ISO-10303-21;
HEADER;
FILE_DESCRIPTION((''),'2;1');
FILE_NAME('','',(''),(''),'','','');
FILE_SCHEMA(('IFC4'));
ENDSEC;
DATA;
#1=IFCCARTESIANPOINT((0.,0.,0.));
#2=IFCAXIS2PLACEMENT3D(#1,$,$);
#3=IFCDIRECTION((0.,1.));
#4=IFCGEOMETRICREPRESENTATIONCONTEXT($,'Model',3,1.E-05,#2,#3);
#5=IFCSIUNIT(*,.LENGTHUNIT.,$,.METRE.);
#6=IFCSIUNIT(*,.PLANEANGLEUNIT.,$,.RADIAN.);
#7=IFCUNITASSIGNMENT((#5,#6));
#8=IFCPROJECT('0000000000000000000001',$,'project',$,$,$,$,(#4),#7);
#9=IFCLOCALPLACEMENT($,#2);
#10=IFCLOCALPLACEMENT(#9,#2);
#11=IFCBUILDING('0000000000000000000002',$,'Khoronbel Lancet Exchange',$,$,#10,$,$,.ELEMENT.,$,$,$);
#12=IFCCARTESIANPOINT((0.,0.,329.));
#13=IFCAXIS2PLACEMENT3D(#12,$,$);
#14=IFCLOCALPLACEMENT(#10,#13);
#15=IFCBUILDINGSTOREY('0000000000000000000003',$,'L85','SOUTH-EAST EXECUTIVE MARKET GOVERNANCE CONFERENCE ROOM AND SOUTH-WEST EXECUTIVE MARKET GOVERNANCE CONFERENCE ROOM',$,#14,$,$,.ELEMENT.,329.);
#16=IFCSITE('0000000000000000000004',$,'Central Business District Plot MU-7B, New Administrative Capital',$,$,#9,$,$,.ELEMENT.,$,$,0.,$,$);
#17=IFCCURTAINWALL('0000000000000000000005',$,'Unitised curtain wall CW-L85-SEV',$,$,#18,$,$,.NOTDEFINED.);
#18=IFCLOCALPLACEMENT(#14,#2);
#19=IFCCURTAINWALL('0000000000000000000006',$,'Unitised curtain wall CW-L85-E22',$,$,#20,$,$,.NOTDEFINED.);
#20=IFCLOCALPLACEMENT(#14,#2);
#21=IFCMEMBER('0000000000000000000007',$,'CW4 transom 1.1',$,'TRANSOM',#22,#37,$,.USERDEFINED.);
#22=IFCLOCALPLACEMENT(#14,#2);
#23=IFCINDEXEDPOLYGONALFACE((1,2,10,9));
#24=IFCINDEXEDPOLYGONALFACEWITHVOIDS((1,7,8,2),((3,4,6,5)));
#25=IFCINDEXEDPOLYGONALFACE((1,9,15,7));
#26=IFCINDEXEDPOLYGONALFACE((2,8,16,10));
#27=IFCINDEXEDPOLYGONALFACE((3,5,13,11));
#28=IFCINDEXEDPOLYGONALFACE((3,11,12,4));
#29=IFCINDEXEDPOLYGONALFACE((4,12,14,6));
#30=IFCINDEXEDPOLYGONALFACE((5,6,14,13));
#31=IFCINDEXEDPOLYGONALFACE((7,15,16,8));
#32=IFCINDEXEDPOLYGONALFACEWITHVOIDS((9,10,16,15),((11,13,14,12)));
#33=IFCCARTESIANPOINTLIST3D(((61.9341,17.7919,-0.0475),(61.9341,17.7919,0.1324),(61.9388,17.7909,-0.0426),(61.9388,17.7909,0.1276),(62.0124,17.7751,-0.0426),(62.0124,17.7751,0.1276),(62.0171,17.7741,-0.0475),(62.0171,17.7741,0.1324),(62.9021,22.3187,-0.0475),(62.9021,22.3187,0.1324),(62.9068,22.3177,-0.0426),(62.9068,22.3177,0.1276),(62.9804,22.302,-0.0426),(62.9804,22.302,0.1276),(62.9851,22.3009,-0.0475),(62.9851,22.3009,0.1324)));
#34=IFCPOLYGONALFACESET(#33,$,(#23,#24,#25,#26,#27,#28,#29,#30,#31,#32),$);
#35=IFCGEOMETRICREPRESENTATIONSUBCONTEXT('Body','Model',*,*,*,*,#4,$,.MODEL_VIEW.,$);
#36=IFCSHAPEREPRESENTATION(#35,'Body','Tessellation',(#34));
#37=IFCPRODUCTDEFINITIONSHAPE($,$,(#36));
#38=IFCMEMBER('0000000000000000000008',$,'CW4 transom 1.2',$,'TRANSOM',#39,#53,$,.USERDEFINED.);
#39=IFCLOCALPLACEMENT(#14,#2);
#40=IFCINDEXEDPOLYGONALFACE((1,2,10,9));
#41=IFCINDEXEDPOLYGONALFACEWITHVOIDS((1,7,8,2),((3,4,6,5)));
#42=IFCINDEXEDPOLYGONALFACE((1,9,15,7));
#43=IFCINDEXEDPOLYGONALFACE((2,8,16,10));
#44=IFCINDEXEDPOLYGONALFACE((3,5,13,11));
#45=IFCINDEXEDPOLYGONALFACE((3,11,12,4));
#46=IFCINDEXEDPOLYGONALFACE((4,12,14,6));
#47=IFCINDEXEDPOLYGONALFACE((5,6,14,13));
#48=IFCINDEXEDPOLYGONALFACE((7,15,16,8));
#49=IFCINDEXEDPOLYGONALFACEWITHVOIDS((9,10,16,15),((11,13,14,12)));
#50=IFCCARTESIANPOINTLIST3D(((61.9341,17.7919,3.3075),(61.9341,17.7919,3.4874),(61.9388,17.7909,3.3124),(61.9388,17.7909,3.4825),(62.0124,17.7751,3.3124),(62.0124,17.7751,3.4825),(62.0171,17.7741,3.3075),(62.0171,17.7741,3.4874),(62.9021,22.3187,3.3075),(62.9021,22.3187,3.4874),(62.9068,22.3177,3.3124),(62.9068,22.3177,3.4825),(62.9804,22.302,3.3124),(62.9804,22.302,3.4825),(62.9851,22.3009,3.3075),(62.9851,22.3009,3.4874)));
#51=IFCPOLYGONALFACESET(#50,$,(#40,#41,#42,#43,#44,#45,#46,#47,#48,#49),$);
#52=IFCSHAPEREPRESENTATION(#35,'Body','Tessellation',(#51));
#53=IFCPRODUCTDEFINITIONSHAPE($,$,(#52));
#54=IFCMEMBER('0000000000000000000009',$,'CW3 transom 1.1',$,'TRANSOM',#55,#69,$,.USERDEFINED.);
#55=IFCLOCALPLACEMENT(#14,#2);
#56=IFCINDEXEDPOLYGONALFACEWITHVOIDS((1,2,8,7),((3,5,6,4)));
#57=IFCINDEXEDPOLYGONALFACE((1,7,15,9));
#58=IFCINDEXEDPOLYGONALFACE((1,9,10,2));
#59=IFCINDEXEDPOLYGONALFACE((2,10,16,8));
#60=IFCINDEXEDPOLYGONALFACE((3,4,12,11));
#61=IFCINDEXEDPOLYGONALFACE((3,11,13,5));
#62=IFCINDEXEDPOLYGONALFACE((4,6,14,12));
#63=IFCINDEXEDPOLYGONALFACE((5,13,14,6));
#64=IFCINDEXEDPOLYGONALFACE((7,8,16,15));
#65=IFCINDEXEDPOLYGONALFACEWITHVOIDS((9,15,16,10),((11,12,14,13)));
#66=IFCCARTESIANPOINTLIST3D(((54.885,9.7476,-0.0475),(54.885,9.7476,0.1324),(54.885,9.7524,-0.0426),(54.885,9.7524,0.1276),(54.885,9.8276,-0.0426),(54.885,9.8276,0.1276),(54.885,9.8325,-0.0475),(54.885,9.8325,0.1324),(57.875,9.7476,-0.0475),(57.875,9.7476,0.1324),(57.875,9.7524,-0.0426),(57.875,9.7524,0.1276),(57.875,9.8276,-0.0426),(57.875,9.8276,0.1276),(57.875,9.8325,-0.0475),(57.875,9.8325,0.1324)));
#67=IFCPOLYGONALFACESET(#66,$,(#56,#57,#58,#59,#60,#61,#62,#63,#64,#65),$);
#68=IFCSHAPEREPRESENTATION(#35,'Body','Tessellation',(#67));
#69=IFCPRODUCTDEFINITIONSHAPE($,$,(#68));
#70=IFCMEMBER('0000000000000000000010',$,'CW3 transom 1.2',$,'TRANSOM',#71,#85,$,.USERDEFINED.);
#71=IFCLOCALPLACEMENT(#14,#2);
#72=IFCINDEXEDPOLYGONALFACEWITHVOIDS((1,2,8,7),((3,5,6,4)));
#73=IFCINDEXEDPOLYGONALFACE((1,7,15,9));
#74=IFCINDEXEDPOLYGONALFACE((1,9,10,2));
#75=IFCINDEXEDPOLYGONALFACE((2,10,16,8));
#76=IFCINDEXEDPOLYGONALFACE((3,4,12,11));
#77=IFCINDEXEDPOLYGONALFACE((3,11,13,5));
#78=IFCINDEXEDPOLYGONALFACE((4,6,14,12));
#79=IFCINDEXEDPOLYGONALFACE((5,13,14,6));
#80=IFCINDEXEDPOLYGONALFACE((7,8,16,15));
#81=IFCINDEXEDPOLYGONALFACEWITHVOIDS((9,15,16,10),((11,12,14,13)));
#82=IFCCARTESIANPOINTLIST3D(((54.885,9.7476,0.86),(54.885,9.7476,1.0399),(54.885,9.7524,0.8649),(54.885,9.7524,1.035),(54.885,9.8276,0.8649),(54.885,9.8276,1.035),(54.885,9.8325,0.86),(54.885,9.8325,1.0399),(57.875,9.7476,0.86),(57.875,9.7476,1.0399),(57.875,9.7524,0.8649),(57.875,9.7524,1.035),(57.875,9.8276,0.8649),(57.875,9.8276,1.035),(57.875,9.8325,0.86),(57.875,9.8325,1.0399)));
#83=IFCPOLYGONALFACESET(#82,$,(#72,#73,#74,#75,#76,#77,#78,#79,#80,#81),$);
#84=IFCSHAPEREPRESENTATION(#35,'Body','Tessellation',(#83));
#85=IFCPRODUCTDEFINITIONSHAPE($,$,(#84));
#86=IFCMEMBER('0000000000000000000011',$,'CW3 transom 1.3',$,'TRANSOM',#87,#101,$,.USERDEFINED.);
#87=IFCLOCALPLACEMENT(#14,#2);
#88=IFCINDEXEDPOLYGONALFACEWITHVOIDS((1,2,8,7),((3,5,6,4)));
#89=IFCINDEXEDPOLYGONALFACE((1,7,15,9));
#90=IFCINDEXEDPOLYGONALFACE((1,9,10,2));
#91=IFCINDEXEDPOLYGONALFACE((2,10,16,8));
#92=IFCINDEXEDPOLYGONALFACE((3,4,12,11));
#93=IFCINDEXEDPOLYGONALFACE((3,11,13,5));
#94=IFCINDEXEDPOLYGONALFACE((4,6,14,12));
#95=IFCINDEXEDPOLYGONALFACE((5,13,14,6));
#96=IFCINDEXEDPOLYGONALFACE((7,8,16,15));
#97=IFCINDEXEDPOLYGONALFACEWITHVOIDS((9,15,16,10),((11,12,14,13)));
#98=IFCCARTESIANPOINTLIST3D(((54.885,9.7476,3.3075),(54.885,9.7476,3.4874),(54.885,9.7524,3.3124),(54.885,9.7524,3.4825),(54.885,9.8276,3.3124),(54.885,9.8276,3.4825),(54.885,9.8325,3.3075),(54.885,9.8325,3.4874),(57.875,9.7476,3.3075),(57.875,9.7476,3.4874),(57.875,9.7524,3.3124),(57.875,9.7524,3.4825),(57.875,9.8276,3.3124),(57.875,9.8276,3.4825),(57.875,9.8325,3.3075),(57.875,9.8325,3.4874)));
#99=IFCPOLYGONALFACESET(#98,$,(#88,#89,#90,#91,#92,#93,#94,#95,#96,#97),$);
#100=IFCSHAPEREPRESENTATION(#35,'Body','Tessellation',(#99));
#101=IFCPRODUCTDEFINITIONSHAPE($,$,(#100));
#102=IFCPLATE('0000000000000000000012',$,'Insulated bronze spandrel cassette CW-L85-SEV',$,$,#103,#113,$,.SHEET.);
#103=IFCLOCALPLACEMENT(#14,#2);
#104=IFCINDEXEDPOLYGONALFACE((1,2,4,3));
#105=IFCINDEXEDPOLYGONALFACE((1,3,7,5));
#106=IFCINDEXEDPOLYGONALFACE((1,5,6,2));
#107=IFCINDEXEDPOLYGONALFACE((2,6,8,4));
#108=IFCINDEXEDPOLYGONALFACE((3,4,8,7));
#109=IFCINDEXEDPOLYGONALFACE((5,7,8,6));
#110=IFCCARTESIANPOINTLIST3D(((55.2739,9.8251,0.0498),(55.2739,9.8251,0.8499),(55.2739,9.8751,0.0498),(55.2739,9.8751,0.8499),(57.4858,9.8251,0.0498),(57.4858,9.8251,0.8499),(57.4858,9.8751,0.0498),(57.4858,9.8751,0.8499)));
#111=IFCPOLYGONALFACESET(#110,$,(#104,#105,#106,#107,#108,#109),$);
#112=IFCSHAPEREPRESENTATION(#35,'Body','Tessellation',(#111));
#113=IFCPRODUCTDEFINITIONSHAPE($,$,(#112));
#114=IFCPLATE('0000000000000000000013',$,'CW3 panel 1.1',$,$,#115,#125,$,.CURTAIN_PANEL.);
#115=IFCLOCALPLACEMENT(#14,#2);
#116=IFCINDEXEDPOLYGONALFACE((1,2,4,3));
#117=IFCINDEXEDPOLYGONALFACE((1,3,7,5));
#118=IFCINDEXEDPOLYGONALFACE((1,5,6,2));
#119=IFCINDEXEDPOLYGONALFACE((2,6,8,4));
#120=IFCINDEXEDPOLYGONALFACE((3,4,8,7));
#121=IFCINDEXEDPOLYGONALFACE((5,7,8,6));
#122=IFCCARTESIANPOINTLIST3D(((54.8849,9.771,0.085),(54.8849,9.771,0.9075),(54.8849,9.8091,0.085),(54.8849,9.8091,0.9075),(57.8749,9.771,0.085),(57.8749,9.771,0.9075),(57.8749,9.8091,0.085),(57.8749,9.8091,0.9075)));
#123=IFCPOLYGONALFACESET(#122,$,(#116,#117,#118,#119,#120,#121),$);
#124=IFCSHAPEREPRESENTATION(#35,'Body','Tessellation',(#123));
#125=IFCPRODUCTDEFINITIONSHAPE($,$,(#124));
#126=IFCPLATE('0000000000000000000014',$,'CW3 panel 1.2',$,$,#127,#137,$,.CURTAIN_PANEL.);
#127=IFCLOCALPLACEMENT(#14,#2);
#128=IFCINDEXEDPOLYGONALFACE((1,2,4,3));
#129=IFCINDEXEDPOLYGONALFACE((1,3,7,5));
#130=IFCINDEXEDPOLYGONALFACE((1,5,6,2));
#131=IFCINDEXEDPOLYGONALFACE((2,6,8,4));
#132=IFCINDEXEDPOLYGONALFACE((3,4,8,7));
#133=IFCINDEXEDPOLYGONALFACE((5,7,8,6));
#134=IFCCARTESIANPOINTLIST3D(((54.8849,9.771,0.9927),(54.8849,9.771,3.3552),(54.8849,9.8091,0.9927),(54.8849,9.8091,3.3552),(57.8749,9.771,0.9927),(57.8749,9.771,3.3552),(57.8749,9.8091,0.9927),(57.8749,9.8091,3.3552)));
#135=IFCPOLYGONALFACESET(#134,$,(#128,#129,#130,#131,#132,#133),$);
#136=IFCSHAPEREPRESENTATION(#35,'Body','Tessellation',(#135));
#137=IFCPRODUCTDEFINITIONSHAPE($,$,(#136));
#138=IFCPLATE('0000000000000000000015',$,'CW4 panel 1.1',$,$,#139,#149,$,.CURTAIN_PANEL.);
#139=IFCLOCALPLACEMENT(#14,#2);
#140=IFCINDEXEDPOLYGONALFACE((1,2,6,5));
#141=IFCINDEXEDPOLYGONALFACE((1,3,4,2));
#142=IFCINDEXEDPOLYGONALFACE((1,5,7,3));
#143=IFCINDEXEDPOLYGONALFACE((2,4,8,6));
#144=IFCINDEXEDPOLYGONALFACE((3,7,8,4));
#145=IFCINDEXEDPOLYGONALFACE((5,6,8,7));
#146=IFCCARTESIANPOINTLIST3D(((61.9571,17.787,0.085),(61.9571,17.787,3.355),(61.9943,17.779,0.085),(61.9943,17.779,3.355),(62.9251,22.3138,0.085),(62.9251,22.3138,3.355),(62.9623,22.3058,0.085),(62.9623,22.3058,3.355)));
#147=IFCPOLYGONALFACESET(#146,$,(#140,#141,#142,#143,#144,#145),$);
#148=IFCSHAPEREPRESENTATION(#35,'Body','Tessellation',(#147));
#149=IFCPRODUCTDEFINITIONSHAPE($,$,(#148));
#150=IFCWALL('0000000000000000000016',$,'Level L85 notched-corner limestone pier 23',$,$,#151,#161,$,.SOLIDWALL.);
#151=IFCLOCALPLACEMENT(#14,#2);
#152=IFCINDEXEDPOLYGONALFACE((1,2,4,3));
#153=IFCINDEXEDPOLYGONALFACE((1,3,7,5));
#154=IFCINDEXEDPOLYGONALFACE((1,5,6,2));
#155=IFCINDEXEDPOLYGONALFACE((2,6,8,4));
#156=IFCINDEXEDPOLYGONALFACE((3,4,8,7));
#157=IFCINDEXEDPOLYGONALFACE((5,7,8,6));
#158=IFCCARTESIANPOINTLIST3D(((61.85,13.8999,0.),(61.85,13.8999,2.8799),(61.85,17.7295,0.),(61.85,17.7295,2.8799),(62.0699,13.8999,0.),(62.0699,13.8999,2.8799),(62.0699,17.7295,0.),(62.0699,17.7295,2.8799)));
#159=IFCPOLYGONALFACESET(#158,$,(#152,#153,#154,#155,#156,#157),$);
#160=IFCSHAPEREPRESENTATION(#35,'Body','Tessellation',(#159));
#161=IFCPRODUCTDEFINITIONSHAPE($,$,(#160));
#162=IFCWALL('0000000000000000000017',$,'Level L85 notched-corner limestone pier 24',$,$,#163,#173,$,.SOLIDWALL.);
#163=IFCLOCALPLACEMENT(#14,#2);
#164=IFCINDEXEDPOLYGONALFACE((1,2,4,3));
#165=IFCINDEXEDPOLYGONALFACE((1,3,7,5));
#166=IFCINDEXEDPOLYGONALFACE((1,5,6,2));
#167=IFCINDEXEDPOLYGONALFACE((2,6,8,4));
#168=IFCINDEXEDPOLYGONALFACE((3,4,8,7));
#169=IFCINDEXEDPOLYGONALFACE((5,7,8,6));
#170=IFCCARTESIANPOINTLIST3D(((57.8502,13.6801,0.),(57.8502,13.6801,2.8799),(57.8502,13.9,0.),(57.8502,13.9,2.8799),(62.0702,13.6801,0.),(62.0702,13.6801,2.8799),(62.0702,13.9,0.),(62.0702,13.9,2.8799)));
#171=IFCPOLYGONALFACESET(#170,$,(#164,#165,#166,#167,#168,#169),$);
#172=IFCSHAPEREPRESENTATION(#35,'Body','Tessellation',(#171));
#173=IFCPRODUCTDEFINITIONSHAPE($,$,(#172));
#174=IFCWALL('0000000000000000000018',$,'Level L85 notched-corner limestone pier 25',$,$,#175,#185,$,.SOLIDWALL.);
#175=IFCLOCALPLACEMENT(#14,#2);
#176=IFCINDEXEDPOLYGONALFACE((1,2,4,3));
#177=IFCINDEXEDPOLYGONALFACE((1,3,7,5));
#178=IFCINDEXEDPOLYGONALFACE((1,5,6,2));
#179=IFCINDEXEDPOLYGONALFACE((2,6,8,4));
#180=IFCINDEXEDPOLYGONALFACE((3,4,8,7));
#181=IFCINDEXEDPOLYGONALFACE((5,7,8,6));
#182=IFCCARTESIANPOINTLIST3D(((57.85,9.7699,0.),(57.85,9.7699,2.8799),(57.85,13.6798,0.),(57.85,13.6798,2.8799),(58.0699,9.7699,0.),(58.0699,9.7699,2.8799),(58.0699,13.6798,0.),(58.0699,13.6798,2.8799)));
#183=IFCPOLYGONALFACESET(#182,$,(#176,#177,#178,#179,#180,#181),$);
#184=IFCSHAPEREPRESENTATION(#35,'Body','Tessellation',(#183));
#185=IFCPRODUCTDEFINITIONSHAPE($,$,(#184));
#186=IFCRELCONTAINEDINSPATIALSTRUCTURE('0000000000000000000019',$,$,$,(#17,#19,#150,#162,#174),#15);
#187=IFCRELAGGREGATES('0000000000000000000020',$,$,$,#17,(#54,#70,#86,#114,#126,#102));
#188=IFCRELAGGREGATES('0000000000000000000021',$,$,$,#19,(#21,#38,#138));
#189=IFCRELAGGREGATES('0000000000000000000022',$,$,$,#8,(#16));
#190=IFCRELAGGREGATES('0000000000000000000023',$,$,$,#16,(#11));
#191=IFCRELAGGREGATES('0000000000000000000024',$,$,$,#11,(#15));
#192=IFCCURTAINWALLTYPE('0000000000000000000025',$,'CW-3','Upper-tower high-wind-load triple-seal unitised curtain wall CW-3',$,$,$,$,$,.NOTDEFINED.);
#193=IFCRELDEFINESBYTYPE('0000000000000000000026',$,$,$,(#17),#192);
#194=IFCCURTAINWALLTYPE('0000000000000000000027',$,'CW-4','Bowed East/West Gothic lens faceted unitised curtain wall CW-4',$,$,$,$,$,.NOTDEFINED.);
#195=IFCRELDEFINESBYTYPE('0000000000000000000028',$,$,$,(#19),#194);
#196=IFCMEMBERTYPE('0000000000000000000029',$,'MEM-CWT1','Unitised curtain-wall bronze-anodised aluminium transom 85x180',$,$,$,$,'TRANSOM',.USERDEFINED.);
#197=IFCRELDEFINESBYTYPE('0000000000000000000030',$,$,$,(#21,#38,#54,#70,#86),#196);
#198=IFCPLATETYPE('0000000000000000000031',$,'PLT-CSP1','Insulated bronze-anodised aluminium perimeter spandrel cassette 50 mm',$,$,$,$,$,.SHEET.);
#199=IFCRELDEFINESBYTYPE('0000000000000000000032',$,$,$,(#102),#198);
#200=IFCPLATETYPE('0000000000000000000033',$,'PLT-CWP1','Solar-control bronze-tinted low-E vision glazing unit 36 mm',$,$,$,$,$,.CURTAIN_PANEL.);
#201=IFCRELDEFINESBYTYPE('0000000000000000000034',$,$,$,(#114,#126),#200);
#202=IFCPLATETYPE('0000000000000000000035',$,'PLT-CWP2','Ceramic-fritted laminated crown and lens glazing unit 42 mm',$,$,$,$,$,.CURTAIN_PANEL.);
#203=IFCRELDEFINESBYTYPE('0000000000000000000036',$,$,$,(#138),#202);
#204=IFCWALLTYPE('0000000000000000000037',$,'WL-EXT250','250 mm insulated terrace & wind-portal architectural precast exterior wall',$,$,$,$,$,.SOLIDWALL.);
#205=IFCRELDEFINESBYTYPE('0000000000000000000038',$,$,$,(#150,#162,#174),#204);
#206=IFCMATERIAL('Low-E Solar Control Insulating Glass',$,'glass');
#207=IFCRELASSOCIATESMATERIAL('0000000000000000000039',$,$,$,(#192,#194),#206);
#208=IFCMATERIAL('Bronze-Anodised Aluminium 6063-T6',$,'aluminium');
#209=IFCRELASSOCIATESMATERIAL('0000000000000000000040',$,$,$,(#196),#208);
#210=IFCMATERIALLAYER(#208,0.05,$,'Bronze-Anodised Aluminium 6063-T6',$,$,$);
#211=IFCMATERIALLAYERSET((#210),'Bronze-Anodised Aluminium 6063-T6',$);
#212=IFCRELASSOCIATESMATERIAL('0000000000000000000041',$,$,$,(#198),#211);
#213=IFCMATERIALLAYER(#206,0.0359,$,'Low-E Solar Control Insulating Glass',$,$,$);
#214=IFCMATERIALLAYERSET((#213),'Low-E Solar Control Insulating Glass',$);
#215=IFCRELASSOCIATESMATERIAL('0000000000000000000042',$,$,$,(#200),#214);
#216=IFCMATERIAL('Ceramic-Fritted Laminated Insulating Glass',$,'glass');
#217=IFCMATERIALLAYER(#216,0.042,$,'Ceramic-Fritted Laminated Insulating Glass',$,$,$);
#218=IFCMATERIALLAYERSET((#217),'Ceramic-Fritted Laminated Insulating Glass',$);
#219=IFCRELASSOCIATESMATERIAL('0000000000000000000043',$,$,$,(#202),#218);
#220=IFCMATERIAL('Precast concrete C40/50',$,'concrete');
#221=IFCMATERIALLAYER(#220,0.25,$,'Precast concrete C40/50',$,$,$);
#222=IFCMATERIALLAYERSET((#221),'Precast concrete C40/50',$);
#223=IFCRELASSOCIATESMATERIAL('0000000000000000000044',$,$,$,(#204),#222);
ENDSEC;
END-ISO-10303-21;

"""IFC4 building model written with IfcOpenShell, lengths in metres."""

from ifc_helpers import new_model, si_unit, direction, frame, frame_2d, origin, origin_2d, place, context, subcontext, project, spatial, rectangle, hollow_rectangle, extrude, material, layer, layer_set, material_profile, profile_set, type_object, element, aggregate, save


model = new_model("IFC4")

# Units and contexts
model_context = context("Model", 3, precision=1e-05, world=origin(), true_north=direction((0.0, 1.0)))
body_context = subcontext(model_context, "Body", "Model", "MODEL_VIEW")
ifc_project = project(units=[si_unit("LENGTHUNIT", "METRE"), si_unit("PLANEANGLEUNIT", "RADIAN")], contexts=[model_context])

# Site, building, storey
site_placement = place(None, origin())
site = spatial("IfcSite", under=ifc_project, at=site_placement, Name="Central Business District Plot MU-7B, New Administrative Capital", CompositionType="ELEMENT", RefElevation=0.0)
building_placement = place(site_placement, origin())
building = spatial("IfcBuilding", under=site, at=building_placement, Name="Khoronbel Lancet Exchange", CompositionType="ELEMENT")
storey_placement = place(building_placement, frame((0.0, 0.0, 329.0)))
storey = spatial("IfcBuildingStorey", under=building, at=storey_placement, Name="L85", Description="SOUTH-EAST EXECUTIVE MARKET GOVERNANCE CONFERENCE ROOM AND SOUTH-WEST EXECUTIVE MARKET GOVERNANCE CONFERENCE ROOM", CompositionType="ELEMENT", Elevation=329.0)

# Shared definitions
ifc_material_1 = material(Name="Low-E Solar Control Insulating Glass", Category="glass")
curtain_wall_type_1 = type_object("IfcCurtainWallType", Name="CW-3", Description="Upper-tower high-wind-load triple-seal unitised curtain wall CW-3", PredefinedType="NOTDEFINED", material=ifc_material_1)
ifc_material_2 = material(Name="Bronze-Anodised Aluminium 6063-T6", Category="aluminium")

# Curtain walls, members
curtain_wall_1_placement = place(storey_placement, origin())
curtain_wall_1 = element("IfcCurtainWall", 1, at=curtain_wall_1_placement, inside=storey, type_object=curtain_wall_type_1, Name="Unitised curtain wall CW-L85-SEV", PredefinedType="NOTDEFINED")
curtain_wall_type_2 = type_object("IfcCurtainWallType", Name="CW-4", Description="Bowed East/West Gothic lens faceted unitised curtain wall CW-4", PredefinedType="NOTDEFINED", material=ifc_material_1)
curtain_wall_2_placement = place(storey_placement, origin())
curtain_wall_2 = element("IfcCurtainWall", 2, at=curtain_wall_2_placement, inside=storey, type_object=curtain_wall_type_2, Name="Unitised curtain wall CW-L85-E22", PredefinedType="NOTDEFINED")
ifc_material_profile_1 = material_profile(ifc_material_2, hollow_rectangle(XDim=0.085, YDim=0.1799, WallThickness=0.0049, at=origin_2d()), Name="ALU TRANSOM 85x180")
ifc_profile_set_1 = profile_set([ifc_material_profile_1], Name="Bronze-Anodised Aluminium 6063-T6")
member_type_1 = type_object("IfcMemberType", Name="MEM-CWT1", Description="Unitised curtain-wall bronze-anodised aluminium transom 85x180", ElementType="TRANSOM", PredefinedType="USERDEFINED", material=ifc_profile_set_1)
member_1_placement = place(storey_placement, frame((62.9436, 22.3098, 0.0425), z_axis=(-0.209111, -0.977892, 0.0), x_axis=(0.977892, -0.209111, 0.0)))
member_1 = element("IfcMember", 3, at=member_1_placement, type_object=member_type_1, Name="CW4 transom 1.1", ObjectType="TRANSOM", PredefinedType="USERDEFINED", context=body_context, shape_type="SweptSolid", body=[
    extrude(hollow_rectangle(XDim=0.085, YDim=0.1799, WallThickness=0.0049, at=origin_2d()), origin(), (0.0, 0.0, 1.0), 4.6292),
])
member_2_placement = place(storey_placement, frame((62.9436, 22.3098, 3.3975), z_axis=(-0.209111, -0.977892, 0.0), x_axis=(0.977892, -0.209111, 0.0)))
member_2 = element("IfcMember", 4, at=member_2_placement, type_object=member_type_1, Name="CW4 transom 1.2", ObjectType="TRANSOM", PredefinedType="USERDEFINED", context=body_context, shape_type="SweptSolid", body=[
    extrude(hollow_rectangle(XDim=0.085, YDim=0.1799, WallThickness=0.0049, at=origin_2d()), origin(), (0.0, 0.0, 1.0), 4.6292),
])

# Members
member_3_placement = place(storey_placement, frame((54.885, 9.79, 0.0425), z_axis=(1.0, 0.0, 0.0), x_axis=(0.0, 1.0, 0.0)))
member_3 = element("IfcMember", 5, at=member_3_placement, type_object=member_type_1, Name="CW3 transom 1.1", ObjectType="TRANSOM", PredefinedType="USERDEFINED", context=body_context, shape_type="SweptSolid", body=[
    extrude(hollow_rectangle(XDim=0.085, YDim=0.1799, WallThickness=0.0049, at=origin_2d()), origin(), (0.0, 0.0, 1.0), 2.99),
])
member_4_placement = place(storey_placement, frame((54.885, 9.79, 0.95), z_axis=(1.0, 0.0, 0.0), x_axis=(0.0, 1.0, 0.0)))
member_4 = element("IfcMember", 6, at=member_4_placement, type_object=member_type_1, Name="CW3 transom 1.2", ObjectType="TRANSOM", PredefinedType="USERDEFINED", context=body_context, shape_type="SweptSolid", body=[
    extrude(hollow_rectangle(XDim=0.085, YDim=0.1799, WallThickness=0.0049, at=origin_2d()), origin(), (0.0, 0.0, 1.0), 2.99),
])
member_5_placement = place(storey_placement, frame((54.885, 9.79, 3.3975), z_axis=(1.0, 0.0, 0.0), x_axis=(0.0, 1.0, 0.0)))
member_5 = element("IfcMember", 7, at=member_5_placement, type_object=member_type_1, Name="CW3 transom 1.3", ObjectType="TRANSOM", PredefinedType="USERDEFINED", context=body_context, shape_type="SweptSolid", body=[
    extrude(hollow_rectangle(XDim=0.085, YDim=0.1799, WallThickness=0.0049, at=origin_2d()), origin(), (0.0, 0.0, 1.0), 2.99),
])

# Plates
ifc_layer_1 = layer(ifc_material_2, 0.05, Name="Bronze-Anodised Aluminium 6063-T6")
ifc_layer_set_1 = layer_set([ifc_layer_1], Name="Bronze-Anodised Aluminium 6063-T6")
plate_type_1 = type_object("IfcPlateType", Name="PLT-CSP1", Description="Insulated bronze-anodised aluminium perimeter spandrel cassette 50 mm", PredefinedType="SHEET", material=ifc_layer_set_1)
plate_1_placement = place(storey_placement, frame((56.3799, 9.8501, 0.0498), z_axis=(0.0, 0.0, 1.0), x_axis=(1.0, 0.0, 0.0)))
plate_1 = element("IfcPlate", 8, at=plate_1_placement, type_object=plate_type_1, Name="Insulated bronze spandrel cassette CW-L85-SEV", PredefinedType="SHEET", context=body_context, shape_type="SweptSolid", body=[
    extrude(rectangle(XDim=2.2119, YDim=0.05, at=origin_2d()), origin(), (0.0, 0.0, 1.0), 0.8),
])
ifc_layer_2 = layer(ifc_material_1, 0.0359, Name="Low-E Solar Control Insulating Glass")
ifc_layer_set_2 = layer_set([ifc_layer_2], Name="Low-E Solar Control Insulating Glass")
plate_type_2 = type_object("IfcPlateType", Name="PLT-CWP1", Description="Solar-control bronze-tinted low-E vision glazing unit 36 mm", PredefinedType="CURTAIN_PANEL", material=ifc_layer_set_2)
plate_2_placement = place(storey_placement, frame((56.3799, 9.79, 0.085), z_axis=(0.0, 0.0, 1.0), x_axis=(1.0, 0.0, 0.0)))
plate_2 = element("IfcPlate", 9, at=plate_2_placement, type_object=plate_type_2, Name="CW3 panel 1.1", PredefinedType="CURTAIN_PANEL", context=body_context, shape_type="SweptSolid", body=[
    extrude(rectangle(XDim=2.99, YDim=0.0381, at=origin_2d()), origin(), (0.0, 0.0, 1.0), 0.8225),
])
plate_3_placement = place(storey_placement, frame((56.3799, 9.79, 0.9927), z_axis=(0.0, 0.0, 1.0), x_axis=(1.0, 0.0, 0.0)))
plate_3 = element("IfcPlate", 10, at=plate_3_placement, type_object=plate_type_2, Name="CW3 panel 1.2", PredefinedType="CURTAIN_PANEL", context=body_context, shape_type="SweptSolid", body=[
    extrude(rectangle(XDim=2.99, YDim=0.0381, at=origin_2d()), origin(), (0.0, 0.0, 1.0), 2.3625),
])
aggregate(curtain_wall_1, [member_3, member_4, member_5, plate_2, plate_3, plate_1])
ifc_material_3 = material(Name="Ceramic-Fritted Laminated Insulating Glass", Category="glass")
ifc_layer_3 = layer(ifc_material_3, 0.042, Name="Ceramic-Fritted Laminated Insulating Glass")
ifc_layer_set_3 = layer_set([ifc_layer_3], Name="Ceramic-Fritted Laminated Insulating Glass")
plate_type_3 = type_object("IfcPlateType", Name="PLT-CWP2", Description="Ceramic-fritted laminated crown and lens glazing unit 42 mm", PredefinedType="CURTAIN_PANEL", material=ifc_layer_set_3)
plate_4_placement = place(storey_placement, frame((62.4597, 20.0464, 0.085), z_axis=(0.0, 0.0, 1.0), x_axis=(-0.209112, -0.977892, 0.0)))
plate_4 = element("IfcPlate", 11, at=plate_4_placement, type_object=plate_type_3, Name="CW4 panel 1.1", PredefinedType="CURTAIN_PANEL", context=body_context, shape_type="SweptSolid", body=[
    extrude(rectangle(XDim=4.6292, YDim=0.0381, at=origin_2d()), origin(), (0.0, 0.0, 1.0), 3.27),
])
aggregate(curtain_wall_2, [member_1, member_2, plate_4])

# Walls
ifc_material_4 = material(Name="Precast concrete C40/50", Category="concrete")
ifc_layer_4 = layer(ifc_material_4, 0.25, Name="Precast concrete C40/50")
ifc_layer_set_4 = layer_set([ifc_layer_4], Name="Precast concrete C40/50")
wall_type_1 = type_object("IfcWallType", Name="WL-EXT250", Description="250 mm insulated terrace & wind-portal architectural precast exterior wall", PredefinedType="SOLIDWALL", material=ifc_layer_set_4)
wall_1_placement = place(storey_placement, frame((61.96, 17.7295, 0.0), z_axis=(0.0, 0.0, 1.0), x_axis=(0.0, -1.0, 0.0)))
element("IfcWall", 12, at=wall_1_placement, inside=storey, type_object=wall_type_1, Name="Level L85 notched-corner limestone pier 23", PredefinedType="SOLIDWALL", context=body_context, shape_type="SweptSolid", body=[
    extrude(rectangle(XDim=3.8296, YDim=0.22, at=frame_2d((1.9148, 0.0))), origin(), (0.0, 0.0, 1.0), 2.8799),
])
wall_2_placement = place(storey_placement, frame((62.0701, 13.79, 0.0), z_axis=(0.0, 0.0, 1.0), x_axis=(-1.0, 0.0, 0.0)))
element("IfcWall", 13, at=wall_2_placement, inside=storey, type_object=wall_type_1, Name="Level L85 notched-corner limestone pier 24", PredefinedType="SOLIDWALL", context=body_context, shape_type="SweptSolid", body=[
    extrude(rectangle(XDim=4.22, YDim=0.22, at=frame_2d((2.1099, 0.0))), origin(), (0.0, 0.0, 1.0), 2.8799),
])
wall_3_placement = place(storey_placement, frame((57.96, 13.6799, 0.0), z_axis=(0.0, 0.0, 1.0), x_axis=(0.0, -1.0, 0.0)))
element("IfcWall", 14, at=wall_3_placement, inside=storey, type_object=wall_type_1, Name="Level L85 notched-corner limestone pier 25", PredefinedType="SOLIDWALL", context=body_context, shape_type="SweptSolid", body=[
    extrude(rectangle(XDim=3.9099, YDim=0.22, at=frame_2d((1.9551, 0.0))), origin(), (0.0, 0.0, 1.0), 2.8799),
])

save(model, "model.ifc")
